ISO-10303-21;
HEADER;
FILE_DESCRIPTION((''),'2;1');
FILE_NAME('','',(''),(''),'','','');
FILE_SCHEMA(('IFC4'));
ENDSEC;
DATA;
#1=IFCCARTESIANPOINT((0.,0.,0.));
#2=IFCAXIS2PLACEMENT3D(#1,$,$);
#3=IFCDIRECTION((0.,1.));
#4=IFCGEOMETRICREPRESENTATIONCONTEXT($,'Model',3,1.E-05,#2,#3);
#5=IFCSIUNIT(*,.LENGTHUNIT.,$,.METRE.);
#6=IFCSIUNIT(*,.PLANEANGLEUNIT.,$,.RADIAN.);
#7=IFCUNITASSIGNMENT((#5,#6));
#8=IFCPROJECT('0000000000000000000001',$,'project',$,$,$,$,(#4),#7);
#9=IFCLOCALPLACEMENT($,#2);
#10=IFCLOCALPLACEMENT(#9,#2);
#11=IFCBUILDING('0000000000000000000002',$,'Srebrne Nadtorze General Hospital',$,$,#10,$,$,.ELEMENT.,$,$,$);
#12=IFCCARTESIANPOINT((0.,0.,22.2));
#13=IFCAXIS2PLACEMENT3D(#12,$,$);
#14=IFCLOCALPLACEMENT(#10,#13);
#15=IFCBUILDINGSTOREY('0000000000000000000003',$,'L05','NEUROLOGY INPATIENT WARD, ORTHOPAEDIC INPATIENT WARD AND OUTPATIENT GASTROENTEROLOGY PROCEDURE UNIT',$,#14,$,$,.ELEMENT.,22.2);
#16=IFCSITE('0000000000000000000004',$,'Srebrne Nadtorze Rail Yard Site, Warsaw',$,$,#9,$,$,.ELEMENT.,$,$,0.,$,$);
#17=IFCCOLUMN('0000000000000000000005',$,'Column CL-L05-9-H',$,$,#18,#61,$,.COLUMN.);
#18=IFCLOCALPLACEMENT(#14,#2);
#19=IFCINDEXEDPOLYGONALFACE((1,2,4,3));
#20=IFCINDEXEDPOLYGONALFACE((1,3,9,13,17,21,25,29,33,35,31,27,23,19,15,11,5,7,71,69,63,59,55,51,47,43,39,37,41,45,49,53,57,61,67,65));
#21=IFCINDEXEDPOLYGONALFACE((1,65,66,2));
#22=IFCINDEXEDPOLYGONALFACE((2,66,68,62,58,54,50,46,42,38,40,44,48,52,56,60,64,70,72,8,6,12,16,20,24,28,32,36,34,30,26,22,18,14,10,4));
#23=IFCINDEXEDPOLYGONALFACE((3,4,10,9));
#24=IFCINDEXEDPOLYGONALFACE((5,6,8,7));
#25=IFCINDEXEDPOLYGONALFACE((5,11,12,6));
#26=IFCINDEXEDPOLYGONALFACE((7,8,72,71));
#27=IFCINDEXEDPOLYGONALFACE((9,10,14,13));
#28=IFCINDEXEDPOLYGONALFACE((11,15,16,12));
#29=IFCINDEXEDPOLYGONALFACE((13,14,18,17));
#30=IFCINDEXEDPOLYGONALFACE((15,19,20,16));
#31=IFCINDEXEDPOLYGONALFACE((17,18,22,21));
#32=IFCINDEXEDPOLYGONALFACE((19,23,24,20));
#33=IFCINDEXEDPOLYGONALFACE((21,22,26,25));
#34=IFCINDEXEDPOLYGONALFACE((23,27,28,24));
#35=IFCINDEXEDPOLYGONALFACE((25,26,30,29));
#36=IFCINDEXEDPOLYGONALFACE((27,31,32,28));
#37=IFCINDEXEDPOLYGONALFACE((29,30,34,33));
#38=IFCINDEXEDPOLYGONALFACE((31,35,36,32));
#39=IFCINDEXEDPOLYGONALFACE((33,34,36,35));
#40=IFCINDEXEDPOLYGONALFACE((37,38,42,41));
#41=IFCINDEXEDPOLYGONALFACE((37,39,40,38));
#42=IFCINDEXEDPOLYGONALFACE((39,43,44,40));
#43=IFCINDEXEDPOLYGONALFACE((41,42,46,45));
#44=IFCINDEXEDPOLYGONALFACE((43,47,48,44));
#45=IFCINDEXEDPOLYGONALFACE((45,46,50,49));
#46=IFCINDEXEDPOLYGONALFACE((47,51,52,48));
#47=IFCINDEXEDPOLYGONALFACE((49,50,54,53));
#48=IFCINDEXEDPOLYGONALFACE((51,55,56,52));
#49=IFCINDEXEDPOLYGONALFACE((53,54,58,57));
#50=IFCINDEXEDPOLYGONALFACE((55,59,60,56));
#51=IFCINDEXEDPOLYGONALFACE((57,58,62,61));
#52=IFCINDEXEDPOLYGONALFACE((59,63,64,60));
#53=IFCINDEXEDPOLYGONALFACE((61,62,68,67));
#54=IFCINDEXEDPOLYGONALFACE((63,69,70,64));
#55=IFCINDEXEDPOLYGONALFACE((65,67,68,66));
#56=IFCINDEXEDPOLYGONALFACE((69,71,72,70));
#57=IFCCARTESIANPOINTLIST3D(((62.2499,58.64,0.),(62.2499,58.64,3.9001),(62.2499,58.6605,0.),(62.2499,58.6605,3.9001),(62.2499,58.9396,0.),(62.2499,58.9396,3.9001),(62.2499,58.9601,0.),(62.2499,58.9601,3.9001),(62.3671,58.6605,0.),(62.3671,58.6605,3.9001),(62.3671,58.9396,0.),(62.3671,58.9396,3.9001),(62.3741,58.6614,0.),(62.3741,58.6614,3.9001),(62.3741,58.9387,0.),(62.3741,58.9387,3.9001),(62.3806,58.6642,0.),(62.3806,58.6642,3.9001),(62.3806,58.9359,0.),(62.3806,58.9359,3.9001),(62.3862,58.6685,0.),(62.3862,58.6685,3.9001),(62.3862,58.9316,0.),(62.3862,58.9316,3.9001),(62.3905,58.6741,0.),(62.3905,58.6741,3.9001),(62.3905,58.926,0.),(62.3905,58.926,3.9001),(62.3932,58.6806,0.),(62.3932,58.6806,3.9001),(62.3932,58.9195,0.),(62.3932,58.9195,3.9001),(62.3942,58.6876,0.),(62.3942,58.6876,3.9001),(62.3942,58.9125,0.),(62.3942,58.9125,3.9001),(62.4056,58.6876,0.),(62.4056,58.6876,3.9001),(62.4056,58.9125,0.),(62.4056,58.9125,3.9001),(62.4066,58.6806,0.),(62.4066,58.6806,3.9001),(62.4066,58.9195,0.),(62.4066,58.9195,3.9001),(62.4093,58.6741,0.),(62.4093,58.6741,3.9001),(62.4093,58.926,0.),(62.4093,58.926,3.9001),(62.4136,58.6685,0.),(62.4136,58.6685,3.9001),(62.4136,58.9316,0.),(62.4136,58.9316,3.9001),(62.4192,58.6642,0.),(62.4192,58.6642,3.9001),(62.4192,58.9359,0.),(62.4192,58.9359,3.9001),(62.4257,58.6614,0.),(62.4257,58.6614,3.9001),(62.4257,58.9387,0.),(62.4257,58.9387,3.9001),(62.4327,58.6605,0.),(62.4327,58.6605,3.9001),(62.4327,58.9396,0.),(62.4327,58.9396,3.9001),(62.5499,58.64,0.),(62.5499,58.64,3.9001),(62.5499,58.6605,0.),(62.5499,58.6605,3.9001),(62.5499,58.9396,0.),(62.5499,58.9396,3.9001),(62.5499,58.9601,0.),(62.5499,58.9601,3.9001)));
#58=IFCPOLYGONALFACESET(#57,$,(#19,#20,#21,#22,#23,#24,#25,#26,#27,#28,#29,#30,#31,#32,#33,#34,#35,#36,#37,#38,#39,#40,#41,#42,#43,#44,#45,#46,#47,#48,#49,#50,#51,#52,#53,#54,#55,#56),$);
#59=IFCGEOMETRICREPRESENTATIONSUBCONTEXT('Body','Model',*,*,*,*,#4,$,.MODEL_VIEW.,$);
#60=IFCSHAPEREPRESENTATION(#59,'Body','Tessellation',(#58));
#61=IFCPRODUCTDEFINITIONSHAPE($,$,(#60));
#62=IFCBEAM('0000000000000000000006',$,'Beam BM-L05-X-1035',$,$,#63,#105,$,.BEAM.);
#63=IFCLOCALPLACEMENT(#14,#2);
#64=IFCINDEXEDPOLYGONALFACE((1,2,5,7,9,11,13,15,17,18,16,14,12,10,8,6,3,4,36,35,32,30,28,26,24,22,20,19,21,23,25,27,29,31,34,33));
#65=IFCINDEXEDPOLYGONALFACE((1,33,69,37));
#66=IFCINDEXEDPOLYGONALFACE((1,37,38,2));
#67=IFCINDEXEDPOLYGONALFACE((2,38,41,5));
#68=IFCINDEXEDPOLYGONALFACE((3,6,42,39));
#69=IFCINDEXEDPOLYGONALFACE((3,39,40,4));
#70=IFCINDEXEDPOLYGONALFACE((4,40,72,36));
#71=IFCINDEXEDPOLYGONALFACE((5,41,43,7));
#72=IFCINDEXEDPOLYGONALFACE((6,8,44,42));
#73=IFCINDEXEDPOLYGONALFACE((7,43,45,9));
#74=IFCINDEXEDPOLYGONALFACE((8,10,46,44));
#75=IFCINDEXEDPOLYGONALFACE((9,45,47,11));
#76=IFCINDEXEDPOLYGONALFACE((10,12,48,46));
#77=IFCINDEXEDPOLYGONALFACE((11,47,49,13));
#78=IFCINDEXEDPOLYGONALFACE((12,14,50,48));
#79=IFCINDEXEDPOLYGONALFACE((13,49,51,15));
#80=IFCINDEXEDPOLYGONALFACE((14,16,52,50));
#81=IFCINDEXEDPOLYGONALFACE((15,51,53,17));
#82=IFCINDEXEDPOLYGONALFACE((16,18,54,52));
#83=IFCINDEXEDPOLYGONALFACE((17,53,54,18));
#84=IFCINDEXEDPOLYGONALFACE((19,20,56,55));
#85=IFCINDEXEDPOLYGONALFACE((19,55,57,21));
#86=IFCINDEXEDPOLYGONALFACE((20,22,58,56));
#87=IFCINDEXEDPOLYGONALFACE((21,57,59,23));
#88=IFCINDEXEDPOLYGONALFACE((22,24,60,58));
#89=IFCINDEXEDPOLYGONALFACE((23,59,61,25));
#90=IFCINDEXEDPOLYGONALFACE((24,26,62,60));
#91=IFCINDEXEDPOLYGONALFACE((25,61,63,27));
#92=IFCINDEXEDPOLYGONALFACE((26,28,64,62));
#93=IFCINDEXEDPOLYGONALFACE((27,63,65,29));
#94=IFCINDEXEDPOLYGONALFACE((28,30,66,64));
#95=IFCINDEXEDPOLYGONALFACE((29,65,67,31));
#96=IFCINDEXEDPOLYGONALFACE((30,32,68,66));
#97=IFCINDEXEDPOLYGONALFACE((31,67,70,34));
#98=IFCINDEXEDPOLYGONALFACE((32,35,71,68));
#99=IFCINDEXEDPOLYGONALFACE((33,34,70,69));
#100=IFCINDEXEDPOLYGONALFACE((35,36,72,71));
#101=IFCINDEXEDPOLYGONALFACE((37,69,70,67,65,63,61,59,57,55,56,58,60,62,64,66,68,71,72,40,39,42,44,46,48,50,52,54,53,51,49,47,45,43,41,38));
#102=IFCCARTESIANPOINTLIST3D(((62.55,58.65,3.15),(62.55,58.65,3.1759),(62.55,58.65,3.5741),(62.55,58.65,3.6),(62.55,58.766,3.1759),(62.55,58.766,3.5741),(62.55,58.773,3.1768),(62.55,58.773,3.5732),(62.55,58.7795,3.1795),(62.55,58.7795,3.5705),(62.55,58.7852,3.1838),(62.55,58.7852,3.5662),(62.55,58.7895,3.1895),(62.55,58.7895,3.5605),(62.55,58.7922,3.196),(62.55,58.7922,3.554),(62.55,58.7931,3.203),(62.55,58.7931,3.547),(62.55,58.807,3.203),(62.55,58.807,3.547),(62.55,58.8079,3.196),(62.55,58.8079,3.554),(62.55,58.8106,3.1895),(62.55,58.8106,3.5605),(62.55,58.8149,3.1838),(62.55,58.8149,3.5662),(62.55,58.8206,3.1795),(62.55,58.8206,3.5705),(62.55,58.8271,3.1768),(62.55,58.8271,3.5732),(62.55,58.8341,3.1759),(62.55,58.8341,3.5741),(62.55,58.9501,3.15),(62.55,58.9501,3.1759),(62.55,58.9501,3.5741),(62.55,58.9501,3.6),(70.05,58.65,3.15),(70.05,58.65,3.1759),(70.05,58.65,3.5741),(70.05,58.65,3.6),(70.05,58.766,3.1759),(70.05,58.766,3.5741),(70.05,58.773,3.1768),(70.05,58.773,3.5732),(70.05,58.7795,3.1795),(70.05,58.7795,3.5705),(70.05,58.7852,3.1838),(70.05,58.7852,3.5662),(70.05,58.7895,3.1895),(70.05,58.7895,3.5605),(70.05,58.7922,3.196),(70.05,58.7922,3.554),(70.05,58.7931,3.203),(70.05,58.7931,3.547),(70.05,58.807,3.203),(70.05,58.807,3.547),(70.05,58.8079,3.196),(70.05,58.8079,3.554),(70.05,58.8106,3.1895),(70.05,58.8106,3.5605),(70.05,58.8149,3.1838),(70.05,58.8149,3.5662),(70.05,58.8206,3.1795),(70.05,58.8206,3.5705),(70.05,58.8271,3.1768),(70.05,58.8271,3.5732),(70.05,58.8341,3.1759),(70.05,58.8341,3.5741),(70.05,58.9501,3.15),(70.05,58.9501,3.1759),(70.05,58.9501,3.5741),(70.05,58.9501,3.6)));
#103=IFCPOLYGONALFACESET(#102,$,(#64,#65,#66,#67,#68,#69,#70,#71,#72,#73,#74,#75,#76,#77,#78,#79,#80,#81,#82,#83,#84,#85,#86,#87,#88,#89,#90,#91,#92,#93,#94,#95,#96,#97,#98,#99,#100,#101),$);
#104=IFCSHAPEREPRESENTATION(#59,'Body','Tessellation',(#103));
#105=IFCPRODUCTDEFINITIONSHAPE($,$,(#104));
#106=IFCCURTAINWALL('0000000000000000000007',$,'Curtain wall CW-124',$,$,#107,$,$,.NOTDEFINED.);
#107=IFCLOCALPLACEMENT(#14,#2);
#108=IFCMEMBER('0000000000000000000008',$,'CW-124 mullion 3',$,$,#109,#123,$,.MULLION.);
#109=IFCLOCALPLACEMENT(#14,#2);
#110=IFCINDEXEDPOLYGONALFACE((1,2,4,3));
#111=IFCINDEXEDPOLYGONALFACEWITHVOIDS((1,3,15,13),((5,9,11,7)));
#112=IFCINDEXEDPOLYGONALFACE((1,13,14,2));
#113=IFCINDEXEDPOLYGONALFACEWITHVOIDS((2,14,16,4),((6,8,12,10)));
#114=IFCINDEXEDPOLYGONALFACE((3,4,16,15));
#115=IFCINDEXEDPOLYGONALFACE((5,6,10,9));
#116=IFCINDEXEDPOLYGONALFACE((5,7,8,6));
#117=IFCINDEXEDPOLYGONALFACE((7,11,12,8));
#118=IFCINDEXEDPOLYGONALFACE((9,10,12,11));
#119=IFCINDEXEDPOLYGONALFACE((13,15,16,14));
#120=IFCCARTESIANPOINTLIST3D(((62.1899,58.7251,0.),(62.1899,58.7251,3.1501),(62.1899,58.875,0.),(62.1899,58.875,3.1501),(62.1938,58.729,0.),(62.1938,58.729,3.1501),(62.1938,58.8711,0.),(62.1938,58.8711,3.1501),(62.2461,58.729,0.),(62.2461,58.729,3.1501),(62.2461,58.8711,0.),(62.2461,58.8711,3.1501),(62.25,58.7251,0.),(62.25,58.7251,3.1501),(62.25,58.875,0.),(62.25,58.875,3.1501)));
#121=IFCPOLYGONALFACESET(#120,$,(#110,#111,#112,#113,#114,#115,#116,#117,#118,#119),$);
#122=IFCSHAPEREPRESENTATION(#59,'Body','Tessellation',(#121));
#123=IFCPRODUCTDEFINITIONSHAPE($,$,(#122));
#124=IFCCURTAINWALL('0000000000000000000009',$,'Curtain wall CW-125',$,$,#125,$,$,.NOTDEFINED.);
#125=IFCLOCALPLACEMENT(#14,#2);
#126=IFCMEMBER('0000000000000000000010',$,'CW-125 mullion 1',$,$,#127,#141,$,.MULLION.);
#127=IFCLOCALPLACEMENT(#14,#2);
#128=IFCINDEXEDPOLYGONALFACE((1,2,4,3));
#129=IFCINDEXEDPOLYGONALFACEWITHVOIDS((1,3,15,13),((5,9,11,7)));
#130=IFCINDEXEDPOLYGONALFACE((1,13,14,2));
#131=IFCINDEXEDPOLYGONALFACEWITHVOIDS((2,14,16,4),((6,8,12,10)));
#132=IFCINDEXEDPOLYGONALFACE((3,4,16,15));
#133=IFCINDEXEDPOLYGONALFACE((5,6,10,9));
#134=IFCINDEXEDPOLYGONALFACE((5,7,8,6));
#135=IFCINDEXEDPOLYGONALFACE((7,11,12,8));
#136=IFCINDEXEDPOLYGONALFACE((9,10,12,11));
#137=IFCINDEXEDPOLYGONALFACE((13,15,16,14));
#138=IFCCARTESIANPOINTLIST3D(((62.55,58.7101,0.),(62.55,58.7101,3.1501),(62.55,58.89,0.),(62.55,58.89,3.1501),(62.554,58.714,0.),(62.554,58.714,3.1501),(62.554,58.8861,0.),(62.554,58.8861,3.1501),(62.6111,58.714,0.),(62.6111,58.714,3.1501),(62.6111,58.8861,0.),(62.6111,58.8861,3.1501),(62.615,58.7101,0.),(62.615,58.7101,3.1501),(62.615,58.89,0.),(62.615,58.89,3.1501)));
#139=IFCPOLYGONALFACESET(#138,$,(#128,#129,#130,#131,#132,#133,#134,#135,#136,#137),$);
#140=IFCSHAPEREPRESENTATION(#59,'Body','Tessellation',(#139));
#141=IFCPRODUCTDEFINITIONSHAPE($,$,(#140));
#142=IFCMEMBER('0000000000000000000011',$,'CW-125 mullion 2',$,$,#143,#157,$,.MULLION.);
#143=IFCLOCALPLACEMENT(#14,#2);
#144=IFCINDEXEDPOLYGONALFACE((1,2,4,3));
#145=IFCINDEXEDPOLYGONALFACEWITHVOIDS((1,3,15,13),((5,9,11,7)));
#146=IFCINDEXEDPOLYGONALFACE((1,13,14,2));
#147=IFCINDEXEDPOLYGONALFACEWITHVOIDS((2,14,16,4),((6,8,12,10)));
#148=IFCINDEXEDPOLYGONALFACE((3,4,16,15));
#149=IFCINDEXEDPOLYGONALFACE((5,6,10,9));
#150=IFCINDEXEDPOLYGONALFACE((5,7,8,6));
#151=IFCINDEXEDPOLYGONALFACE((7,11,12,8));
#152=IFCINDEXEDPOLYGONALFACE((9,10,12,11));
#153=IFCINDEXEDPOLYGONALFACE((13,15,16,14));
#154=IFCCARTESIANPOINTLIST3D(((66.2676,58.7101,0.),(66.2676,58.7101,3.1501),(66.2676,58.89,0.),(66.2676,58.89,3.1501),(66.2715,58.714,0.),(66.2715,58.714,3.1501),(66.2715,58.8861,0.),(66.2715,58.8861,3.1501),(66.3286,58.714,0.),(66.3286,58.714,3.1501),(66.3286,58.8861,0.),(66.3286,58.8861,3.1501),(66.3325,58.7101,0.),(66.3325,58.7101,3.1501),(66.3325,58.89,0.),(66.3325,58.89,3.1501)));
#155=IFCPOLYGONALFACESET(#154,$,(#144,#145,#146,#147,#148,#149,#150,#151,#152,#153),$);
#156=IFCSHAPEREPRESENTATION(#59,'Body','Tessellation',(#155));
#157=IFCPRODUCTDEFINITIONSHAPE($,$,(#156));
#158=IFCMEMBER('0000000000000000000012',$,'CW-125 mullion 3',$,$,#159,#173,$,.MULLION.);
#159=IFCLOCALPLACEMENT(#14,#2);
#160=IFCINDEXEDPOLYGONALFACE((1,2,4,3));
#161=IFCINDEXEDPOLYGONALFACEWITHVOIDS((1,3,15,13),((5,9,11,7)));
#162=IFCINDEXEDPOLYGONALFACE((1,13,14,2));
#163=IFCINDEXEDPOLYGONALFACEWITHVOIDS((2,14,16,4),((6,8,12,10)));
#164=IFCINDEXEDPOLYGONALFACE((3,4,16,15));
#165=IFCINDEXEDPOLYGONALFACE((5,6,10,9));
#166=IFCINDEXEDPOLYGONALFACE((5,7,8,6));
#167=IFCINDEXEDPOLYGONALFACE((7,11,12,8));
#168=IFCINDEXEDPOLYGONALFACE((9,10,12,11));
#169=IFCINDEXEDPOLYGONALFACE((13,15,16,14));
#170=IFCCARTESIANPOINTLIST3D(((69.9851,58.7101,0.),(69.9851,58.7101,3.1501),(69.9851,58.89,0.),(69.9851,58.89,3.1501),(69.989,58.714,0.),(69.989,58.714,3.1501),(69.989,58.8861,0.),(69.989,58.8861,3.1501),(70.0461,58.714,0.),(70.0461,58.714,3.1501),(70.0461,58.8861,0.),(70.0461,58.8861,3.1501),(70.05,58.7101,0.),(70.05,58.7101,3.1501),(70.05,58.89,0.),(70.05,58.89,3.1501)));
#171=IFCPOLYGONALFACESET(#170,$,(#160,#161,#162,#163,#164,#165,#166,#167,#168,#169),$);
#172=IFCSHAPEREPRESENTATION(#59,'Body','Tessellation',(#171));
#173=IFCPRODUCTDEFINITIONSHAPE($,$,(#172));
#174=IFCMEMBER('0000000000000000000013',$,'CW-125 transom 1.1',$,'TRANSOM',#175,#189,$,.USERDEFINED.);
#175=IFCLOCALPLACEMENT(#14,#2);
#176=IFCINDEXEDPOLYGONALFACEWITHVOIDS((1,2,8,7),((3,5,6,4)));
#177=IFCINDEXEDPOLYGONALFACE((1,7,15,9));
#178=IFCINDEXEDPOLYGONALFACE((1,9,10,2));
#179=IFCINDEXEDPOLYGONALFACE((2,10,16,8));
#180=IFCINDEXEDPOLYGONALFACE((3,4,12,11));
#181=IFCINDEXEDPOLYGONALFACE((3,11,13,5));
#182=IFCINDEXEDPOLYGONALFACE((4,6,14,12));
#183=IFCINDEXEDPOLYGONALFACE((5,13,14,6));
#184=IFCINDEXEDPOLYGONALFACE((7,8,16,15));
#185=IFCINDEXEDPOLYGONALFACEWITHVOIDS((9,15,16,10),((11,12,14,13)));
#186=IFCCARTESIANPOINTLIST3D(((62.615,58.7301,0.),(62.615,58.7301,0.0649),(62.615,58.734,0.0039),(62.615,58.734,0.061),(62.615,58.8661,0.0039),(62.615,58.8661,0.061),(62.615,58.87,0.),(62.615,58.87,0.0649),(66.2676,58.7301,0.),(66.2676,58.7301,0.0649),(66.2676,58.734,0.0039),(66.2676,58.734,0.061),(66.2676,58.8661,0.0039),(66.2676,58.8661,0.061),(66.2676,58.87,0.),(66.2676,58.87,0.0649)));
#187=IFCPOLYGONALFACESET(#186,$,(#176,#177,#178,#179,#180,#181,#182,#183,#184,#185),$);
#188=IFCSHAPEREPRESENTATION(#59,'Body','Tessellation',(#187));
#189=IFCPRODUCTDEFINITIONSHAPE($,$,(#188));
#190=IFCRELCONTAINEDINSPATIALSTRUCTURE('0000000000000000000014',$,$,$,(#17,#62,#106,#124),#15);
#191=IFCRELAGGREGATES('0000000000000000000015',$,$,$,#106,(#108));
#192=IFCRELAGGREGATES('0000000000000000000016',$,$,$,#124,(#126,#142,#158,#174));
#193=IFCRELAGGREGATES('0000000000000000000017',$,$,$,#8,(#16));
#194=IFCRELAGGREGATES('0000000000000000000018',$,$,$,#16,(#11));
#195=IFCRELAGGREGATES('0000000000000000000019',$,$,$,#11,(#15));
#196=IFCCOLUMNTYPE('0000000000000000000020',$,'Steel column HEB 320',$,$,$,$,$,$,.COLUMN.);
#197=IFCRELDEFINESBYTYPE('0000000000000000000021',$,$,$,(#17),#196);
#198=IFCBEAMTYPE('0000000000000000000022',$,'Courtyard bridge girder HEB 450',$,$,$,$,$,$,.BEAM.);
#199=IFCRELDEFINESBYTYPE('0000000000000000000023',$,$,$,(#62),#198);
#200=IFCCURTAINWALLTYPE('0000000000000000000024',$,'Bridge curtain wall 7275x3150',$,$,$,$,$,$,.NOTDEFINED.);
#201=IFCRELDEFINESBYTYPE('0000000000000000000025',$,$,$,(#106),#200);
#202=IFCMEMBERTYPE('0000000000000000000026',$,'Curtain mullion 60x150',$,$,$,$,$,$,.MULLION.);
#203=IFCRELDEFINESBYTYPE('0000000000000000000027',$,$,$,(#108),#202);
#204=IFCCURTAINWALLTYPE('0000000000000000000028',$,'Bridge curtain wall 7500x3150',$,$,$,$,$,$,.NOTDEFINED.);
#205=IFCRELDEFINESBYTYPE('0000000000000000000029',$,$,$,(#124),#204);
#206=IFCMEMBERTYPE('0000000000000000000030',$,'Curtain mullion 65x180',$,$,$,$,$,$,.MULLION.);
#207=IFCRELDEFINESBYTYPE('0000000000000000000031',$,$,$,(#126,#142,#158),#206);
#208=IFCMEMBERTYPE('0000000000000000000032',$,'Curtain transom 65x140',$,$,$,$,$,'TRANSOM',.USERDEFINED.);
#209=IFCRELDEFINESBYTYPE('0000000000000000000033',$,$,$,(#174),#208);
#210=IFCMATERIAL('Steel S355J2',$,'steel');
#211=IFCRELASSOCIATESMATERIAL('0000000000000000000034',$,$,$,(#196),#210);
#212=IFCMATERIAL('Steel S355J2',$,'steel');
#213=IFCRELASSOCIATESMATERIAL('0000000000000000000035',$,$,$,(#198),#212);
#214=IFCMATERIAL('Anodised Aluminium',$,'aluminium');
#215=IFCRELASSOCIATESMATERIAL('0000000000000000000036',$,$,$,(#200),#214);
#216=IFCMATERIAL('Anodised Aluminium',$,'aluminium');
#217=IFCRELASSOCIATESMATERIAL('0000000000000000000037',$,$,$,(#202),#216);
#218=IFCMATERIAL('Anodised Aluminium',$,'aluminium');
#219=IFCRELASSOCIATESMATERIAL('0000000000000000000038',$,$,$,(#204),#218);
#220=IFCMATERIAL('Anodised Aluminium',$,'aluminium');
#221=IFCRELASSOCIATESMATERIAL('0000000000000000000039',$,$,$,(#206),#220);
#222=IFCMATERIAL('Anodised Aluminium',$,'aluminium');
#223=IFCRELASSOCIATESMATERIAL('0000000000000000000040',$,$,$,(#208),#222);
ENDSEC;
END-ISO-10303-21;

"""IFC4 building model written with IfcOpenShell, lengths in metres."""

from ifc_helpers import new_model, si_unit, direction, frame, origin, origin_2d, place, context, subcontext, project, spatial, hollow_rectangle, i_section, extrude, material, material_profile, profile_set, type_object, element, aggregate, save


model = new_model("IFC4")

# Units and contexts
model_context = context("Model", 3, precision=1e-05, world=origin(), true_north=direction((0.0, 1.0)))
body_context = subcontext(model_context, "Body", "Model", "MODEL_VIEW")
ifc_project = project(units=[si_unit("LENGTHUNIT", "METRE"), si_unit("PLANEANGLEUNIT", "RADIAN")], contexts=[model_context])

# Site, building, storey
site_placement = place(None, origin())
site = spatial("IfcSite", under=ifc_project, at=site_placement, Name="Srebrne Nadtorze Rail Yard Site, Warsaw", CompositionType="ELEMENT", RefElevation=0.0)
building_placement = place(site_placement, origin())
building = spatial("IfcBuilding", under=site, at=building_placement, Name="Srebrne Nadtorze General Hospital", CompositionType="ELEMENT")
storey_placement = place(building_placement, frame((0.0, 0.0, 22.2)))
storey = spatial("IfcBuildingStorey", under=building, at=storey_placement, Name="L05", Description="NEUROLOGY INPATIENT WARD, ORTHOPAEDIC INPATIENT WARD AND OUTPATIENT GASTROENTEROLOGY PROCEDURE UNIT", CompositionType="ELEMENT", Elevation=22.2)

# Column
ifc_material_1 = material(Name="Steel S355J2", Category="steel")
ifc_material_profile_1 = material_profile(ifc_material_1, i_section(OverallWidth=0.3, OverallDepth=0.3201, WebThickness=0.0115, FlangeThickness=0.0205, FilletRadius=0.0271, at=origin_2d()), Name="HEB-320")
ifc_profile_set_1 = profile_set([ifc_material_profile_1], Name="Steel S355J2")
column_type = type_object("IfcColumnType", Name="Steel column HEB 320", PredefinedType="COLUMN", material=ifc_profile_set_1)
column_placement = place(storey_placement, frame((62.3999, 58.8, 0.0), z_axis=(0.0, 0.0, 1.0), x_axis=(1.0, 0.0, 0.0)))
element("IfcColumn", 1, at=column_placement, inside=storey, type_object=column_type, Name="Column CL-L05-9-H", PredefinedType="COLUMN", context=body_context, shape_type="SweptSolid", body=[
    extrude(i_section(OverallWidth=0.3, OverallDepth=0.3201, WebThickness=0.0115, FlangeThickness=0.0205, FilletRadius=0.0271, at=origin_2d()), origin(), (0.0, 0.0, 1.0), 3.9001),
])

# Beam
ifc_material_2 = material(Name="Steel S355J2", Category="steel")
ifc_material_profile_2 = material_profile(ifc_material_2, i_section(OverallWidth=0.3, OverallDepth=0.45, WebThickness=0.0139, FlangeThickness=0.0259, FilletRadius=0.0271, at=origin_2d()), Name="HEB-450")
ifc_profile_set_2 = profile_set([ifc_material_profile_2], Name="Steel S355J2")
beam_type = type_object("IfcBeamType", Name="Courtyard bridge girder HEB 450", PredefinedType="BEAM", material=ifc_profile_set_2)
beam_placement = place(storey_placement, frame((62.55, 58.8, 3.375), z_axis=(1.0, 0.0, 0.0), x_axis=(0.0, 1.0, 0.0)))
element("IfcBeam", 2, at=beam_placement, inside=storey, type_object=beam_type, Name="Beam BM-L05-X-1035", PredefinedType="BEAM", context=body_context, shape_type="SweptSolid", body=[
    extrude(i_section(OverallWidth=0.3, OverallDepth=0.45, WebThickness=0.0139, FlangeThickness=0.0259, FilletRadius=0.0271, at=origin_2d()), origin(), (0.0, 0.0, 1.0), 7.5),
])

# Curtain wall, member
ifc_material_3 = material(Name="Anodised Aluminium", Category="aluminium")
curtain_wall_type_1 = type_object("IfcCurtainWallType", Name="Bridge curtain wall 7275x3150", PredefinedType="NOTDEFINED", material=ifc_material_3)
curtain_wall_1_placement = place(storey_placement, origin())
curtain_wall_1 = element("IfcCurtainWall", 3, at=curtain_wall_1_placement, inside=storey, type_object=curtain_wall_type_1, Name="Curtain wall CW-124", PredefinedType="NOTDEFINED")
ifc_material_4 = material(Name="Anodised Aluminium", Category="aluminium")
ifc_material_profile_3 = material_profile(ifc_material_4, hollow_rectangle(XDim=0.0601, YDim=0.1499, WallThickness=0.0039, at=origin_2d()), Name="AL-MUL-60x150")
ifc_profile_set_3 = profile_set([ifc_material_profile_3], Name="Anodised Aluminium")
member_type_1 = type_object("IfcMemberType", Name="Curtain mullion 60x150", PredefinedType="MULLION", material=ifc_profile_set_3)
member_1_placement = place(storey_placement, frame((62.22, 58.8, 0.0), z_axis=(0.0, 0.0, 1.0), x_axis=(1.0, 0.0, 0.0)))
member_1 = element("IfcMember", 4, at=member_1_placement, type_object=member_type_1, Name="CW-124 mullion 3", PredefinedType="MULLION", context=body_context, shape_type="SweptSolid", body=[
    extrude(hollow_rectangle(XDim=0.0601, YDim=0.1499, WallThickness=0.0039, at=origin_2d()), origin(), (0.0, 0.0, 1.0), 3.1501),
])
aggregate(curtain_wall_1, [member_1])

# Curtain wall, members
ifc_material_5 = material(Name="Anodised Aluminium", Category="aluminium")
curtain_wall_type_2 = type_object("IfcCurtainWallType", Name="Bridge curtain wall 7500x3150", PredefinedType="NOTDEFINED", material=ifc_material_5)
curtain_wall_2_placement = place(storey_placement, origin())
curtain_wall_2 = element("IfcCurtainWall", 5, at=curtain_wall_2_placement, inside=storey, type_object=curtain_wall_type_2, Name="Curtain wall CW-125", PredefinedType="NOTDEFINED")
ifc_material_6 = material(Name="Anodised Aluminium", Category="aluminium")
ifc_material_profile_4 = material_profile(ifc_material_6, hollow_rectangle(XDim=0.0649, YDim=0.1799, WallThickness=0.0039, at=origin_2d()), Name="AL-MUL-65x180")
ifc_profile_set_4 = profile_set([ifc_material_profile_4], Name="Anodised Aluminium")
member_type_2 = type_object("IfcMemberType", Name="Curtain mullion 65x180", PredefinedType="MULLION", material=ifc_profile_set_4)
member_2_placement = place(storey_placement, frame((62.5825, 58.8, 0.0), z_axis=(0.0, 0.0, 1.0), x_axis=(1.0, 0.0, 0.0)))
member_2 = element("IfcMember", 6, at=member_2_placement, type_object=member_type_2, Name="CW-125 mullion 1", PredefinedType="MULLION", context=body_context, shape_type="SweptSolid", body=[
    extrude(hollow_rectangle(XDim=0.0649, YDim=0.1799, WallThickness=0.0039, at=origin_2d()), origin(), (0.0, 0.0, 1.0), 3.1501),
])
member_3_placement = place(storey_placement, frame((66.3, 58.8, 0.0), z_axis=(0.0, 0.0, 1.0), x_axis=(1.0, 0.0, 0.0)))
member_3 = element("IfcMember", 7, at=member_3_placement, type_object=member_type_2, Name="CW-125 mullion 2", PredefinedType="MULLION", context=body_context, shape_type="SweptSolid", body=[
    extrude(hollow_rectangle(XDim=0.0649, YDim=0.1799, WallThickness=0.0039, at=origin_2d()), origin(), (0.0, 0.0, 1.0), 3.1501),
])
member_4_placement = place(storey_placement, frame((70.0176, 58.8, 0.0), z_axis=(0.0, 0.0, 1.0), x_axis=(1.0, 0.0, 0.0)))
member_4 = element("IfcMember", 8, at=member_4_placement, type_object=member_type_2, Name="CW-125 mullion 3", PredefinedType="MULLION", context=body_context, shape_type="SweptSolid", body=[
    extrude(hollow_rectangle(XDim=0.0649, YDim=0.1799, WallThickness=0.0039, at=origin_2d()), origin(), (0.0, 0.0, 1.0), 3.1501),
])
ifc_material_7 = material(Name="Anodised Aluminium", Category="aluminium")
ifc_material_profile_5 = material_profile(ifc_material_7, hollow_rectangle(XDim=0.0649, YDim=0.1399, WallThickness=0.0039, at=origin_2d()), Name="AL-TRN-65x140")
ifc_profile_set_5 = profile_set([ifc_material_profile_5], Name="Anodised Aluminium")
member_type_3 = type_object("IfcMemberType", Name="Curtain transom 65x140", ElementType="TRANSOM", PredefinedType="USERDEFINED", material=ifc_profile_set_5)
member_5_placement = place(storey_placement, frame((62.615, 58.8, 0.0325), z_axis=(1.0, 0.0, 0.0), x_axis=(0.0, 0.0, 1.0)))
member_5 = element("IfcMember", 9, at=member_5_placement, type_object=member_type_3, Name="CW-125 transom 1.1", ObjectType="TRANSOM", PredefinedType="USERDEFINED", context=body_context, shape_type="SweptSolid", body=[
    extrude(hollow_rectangle(XDim=0.0649, YDim=0.1399, WallThickness=0.0039, at=origin_2d()), origin(), (0.0, 0.0, 1.0), 3.6526),
])
aggregate(curtain_wall_2, [member_2, member_3, member_4, member_5])

save(model, "model.ifc")
